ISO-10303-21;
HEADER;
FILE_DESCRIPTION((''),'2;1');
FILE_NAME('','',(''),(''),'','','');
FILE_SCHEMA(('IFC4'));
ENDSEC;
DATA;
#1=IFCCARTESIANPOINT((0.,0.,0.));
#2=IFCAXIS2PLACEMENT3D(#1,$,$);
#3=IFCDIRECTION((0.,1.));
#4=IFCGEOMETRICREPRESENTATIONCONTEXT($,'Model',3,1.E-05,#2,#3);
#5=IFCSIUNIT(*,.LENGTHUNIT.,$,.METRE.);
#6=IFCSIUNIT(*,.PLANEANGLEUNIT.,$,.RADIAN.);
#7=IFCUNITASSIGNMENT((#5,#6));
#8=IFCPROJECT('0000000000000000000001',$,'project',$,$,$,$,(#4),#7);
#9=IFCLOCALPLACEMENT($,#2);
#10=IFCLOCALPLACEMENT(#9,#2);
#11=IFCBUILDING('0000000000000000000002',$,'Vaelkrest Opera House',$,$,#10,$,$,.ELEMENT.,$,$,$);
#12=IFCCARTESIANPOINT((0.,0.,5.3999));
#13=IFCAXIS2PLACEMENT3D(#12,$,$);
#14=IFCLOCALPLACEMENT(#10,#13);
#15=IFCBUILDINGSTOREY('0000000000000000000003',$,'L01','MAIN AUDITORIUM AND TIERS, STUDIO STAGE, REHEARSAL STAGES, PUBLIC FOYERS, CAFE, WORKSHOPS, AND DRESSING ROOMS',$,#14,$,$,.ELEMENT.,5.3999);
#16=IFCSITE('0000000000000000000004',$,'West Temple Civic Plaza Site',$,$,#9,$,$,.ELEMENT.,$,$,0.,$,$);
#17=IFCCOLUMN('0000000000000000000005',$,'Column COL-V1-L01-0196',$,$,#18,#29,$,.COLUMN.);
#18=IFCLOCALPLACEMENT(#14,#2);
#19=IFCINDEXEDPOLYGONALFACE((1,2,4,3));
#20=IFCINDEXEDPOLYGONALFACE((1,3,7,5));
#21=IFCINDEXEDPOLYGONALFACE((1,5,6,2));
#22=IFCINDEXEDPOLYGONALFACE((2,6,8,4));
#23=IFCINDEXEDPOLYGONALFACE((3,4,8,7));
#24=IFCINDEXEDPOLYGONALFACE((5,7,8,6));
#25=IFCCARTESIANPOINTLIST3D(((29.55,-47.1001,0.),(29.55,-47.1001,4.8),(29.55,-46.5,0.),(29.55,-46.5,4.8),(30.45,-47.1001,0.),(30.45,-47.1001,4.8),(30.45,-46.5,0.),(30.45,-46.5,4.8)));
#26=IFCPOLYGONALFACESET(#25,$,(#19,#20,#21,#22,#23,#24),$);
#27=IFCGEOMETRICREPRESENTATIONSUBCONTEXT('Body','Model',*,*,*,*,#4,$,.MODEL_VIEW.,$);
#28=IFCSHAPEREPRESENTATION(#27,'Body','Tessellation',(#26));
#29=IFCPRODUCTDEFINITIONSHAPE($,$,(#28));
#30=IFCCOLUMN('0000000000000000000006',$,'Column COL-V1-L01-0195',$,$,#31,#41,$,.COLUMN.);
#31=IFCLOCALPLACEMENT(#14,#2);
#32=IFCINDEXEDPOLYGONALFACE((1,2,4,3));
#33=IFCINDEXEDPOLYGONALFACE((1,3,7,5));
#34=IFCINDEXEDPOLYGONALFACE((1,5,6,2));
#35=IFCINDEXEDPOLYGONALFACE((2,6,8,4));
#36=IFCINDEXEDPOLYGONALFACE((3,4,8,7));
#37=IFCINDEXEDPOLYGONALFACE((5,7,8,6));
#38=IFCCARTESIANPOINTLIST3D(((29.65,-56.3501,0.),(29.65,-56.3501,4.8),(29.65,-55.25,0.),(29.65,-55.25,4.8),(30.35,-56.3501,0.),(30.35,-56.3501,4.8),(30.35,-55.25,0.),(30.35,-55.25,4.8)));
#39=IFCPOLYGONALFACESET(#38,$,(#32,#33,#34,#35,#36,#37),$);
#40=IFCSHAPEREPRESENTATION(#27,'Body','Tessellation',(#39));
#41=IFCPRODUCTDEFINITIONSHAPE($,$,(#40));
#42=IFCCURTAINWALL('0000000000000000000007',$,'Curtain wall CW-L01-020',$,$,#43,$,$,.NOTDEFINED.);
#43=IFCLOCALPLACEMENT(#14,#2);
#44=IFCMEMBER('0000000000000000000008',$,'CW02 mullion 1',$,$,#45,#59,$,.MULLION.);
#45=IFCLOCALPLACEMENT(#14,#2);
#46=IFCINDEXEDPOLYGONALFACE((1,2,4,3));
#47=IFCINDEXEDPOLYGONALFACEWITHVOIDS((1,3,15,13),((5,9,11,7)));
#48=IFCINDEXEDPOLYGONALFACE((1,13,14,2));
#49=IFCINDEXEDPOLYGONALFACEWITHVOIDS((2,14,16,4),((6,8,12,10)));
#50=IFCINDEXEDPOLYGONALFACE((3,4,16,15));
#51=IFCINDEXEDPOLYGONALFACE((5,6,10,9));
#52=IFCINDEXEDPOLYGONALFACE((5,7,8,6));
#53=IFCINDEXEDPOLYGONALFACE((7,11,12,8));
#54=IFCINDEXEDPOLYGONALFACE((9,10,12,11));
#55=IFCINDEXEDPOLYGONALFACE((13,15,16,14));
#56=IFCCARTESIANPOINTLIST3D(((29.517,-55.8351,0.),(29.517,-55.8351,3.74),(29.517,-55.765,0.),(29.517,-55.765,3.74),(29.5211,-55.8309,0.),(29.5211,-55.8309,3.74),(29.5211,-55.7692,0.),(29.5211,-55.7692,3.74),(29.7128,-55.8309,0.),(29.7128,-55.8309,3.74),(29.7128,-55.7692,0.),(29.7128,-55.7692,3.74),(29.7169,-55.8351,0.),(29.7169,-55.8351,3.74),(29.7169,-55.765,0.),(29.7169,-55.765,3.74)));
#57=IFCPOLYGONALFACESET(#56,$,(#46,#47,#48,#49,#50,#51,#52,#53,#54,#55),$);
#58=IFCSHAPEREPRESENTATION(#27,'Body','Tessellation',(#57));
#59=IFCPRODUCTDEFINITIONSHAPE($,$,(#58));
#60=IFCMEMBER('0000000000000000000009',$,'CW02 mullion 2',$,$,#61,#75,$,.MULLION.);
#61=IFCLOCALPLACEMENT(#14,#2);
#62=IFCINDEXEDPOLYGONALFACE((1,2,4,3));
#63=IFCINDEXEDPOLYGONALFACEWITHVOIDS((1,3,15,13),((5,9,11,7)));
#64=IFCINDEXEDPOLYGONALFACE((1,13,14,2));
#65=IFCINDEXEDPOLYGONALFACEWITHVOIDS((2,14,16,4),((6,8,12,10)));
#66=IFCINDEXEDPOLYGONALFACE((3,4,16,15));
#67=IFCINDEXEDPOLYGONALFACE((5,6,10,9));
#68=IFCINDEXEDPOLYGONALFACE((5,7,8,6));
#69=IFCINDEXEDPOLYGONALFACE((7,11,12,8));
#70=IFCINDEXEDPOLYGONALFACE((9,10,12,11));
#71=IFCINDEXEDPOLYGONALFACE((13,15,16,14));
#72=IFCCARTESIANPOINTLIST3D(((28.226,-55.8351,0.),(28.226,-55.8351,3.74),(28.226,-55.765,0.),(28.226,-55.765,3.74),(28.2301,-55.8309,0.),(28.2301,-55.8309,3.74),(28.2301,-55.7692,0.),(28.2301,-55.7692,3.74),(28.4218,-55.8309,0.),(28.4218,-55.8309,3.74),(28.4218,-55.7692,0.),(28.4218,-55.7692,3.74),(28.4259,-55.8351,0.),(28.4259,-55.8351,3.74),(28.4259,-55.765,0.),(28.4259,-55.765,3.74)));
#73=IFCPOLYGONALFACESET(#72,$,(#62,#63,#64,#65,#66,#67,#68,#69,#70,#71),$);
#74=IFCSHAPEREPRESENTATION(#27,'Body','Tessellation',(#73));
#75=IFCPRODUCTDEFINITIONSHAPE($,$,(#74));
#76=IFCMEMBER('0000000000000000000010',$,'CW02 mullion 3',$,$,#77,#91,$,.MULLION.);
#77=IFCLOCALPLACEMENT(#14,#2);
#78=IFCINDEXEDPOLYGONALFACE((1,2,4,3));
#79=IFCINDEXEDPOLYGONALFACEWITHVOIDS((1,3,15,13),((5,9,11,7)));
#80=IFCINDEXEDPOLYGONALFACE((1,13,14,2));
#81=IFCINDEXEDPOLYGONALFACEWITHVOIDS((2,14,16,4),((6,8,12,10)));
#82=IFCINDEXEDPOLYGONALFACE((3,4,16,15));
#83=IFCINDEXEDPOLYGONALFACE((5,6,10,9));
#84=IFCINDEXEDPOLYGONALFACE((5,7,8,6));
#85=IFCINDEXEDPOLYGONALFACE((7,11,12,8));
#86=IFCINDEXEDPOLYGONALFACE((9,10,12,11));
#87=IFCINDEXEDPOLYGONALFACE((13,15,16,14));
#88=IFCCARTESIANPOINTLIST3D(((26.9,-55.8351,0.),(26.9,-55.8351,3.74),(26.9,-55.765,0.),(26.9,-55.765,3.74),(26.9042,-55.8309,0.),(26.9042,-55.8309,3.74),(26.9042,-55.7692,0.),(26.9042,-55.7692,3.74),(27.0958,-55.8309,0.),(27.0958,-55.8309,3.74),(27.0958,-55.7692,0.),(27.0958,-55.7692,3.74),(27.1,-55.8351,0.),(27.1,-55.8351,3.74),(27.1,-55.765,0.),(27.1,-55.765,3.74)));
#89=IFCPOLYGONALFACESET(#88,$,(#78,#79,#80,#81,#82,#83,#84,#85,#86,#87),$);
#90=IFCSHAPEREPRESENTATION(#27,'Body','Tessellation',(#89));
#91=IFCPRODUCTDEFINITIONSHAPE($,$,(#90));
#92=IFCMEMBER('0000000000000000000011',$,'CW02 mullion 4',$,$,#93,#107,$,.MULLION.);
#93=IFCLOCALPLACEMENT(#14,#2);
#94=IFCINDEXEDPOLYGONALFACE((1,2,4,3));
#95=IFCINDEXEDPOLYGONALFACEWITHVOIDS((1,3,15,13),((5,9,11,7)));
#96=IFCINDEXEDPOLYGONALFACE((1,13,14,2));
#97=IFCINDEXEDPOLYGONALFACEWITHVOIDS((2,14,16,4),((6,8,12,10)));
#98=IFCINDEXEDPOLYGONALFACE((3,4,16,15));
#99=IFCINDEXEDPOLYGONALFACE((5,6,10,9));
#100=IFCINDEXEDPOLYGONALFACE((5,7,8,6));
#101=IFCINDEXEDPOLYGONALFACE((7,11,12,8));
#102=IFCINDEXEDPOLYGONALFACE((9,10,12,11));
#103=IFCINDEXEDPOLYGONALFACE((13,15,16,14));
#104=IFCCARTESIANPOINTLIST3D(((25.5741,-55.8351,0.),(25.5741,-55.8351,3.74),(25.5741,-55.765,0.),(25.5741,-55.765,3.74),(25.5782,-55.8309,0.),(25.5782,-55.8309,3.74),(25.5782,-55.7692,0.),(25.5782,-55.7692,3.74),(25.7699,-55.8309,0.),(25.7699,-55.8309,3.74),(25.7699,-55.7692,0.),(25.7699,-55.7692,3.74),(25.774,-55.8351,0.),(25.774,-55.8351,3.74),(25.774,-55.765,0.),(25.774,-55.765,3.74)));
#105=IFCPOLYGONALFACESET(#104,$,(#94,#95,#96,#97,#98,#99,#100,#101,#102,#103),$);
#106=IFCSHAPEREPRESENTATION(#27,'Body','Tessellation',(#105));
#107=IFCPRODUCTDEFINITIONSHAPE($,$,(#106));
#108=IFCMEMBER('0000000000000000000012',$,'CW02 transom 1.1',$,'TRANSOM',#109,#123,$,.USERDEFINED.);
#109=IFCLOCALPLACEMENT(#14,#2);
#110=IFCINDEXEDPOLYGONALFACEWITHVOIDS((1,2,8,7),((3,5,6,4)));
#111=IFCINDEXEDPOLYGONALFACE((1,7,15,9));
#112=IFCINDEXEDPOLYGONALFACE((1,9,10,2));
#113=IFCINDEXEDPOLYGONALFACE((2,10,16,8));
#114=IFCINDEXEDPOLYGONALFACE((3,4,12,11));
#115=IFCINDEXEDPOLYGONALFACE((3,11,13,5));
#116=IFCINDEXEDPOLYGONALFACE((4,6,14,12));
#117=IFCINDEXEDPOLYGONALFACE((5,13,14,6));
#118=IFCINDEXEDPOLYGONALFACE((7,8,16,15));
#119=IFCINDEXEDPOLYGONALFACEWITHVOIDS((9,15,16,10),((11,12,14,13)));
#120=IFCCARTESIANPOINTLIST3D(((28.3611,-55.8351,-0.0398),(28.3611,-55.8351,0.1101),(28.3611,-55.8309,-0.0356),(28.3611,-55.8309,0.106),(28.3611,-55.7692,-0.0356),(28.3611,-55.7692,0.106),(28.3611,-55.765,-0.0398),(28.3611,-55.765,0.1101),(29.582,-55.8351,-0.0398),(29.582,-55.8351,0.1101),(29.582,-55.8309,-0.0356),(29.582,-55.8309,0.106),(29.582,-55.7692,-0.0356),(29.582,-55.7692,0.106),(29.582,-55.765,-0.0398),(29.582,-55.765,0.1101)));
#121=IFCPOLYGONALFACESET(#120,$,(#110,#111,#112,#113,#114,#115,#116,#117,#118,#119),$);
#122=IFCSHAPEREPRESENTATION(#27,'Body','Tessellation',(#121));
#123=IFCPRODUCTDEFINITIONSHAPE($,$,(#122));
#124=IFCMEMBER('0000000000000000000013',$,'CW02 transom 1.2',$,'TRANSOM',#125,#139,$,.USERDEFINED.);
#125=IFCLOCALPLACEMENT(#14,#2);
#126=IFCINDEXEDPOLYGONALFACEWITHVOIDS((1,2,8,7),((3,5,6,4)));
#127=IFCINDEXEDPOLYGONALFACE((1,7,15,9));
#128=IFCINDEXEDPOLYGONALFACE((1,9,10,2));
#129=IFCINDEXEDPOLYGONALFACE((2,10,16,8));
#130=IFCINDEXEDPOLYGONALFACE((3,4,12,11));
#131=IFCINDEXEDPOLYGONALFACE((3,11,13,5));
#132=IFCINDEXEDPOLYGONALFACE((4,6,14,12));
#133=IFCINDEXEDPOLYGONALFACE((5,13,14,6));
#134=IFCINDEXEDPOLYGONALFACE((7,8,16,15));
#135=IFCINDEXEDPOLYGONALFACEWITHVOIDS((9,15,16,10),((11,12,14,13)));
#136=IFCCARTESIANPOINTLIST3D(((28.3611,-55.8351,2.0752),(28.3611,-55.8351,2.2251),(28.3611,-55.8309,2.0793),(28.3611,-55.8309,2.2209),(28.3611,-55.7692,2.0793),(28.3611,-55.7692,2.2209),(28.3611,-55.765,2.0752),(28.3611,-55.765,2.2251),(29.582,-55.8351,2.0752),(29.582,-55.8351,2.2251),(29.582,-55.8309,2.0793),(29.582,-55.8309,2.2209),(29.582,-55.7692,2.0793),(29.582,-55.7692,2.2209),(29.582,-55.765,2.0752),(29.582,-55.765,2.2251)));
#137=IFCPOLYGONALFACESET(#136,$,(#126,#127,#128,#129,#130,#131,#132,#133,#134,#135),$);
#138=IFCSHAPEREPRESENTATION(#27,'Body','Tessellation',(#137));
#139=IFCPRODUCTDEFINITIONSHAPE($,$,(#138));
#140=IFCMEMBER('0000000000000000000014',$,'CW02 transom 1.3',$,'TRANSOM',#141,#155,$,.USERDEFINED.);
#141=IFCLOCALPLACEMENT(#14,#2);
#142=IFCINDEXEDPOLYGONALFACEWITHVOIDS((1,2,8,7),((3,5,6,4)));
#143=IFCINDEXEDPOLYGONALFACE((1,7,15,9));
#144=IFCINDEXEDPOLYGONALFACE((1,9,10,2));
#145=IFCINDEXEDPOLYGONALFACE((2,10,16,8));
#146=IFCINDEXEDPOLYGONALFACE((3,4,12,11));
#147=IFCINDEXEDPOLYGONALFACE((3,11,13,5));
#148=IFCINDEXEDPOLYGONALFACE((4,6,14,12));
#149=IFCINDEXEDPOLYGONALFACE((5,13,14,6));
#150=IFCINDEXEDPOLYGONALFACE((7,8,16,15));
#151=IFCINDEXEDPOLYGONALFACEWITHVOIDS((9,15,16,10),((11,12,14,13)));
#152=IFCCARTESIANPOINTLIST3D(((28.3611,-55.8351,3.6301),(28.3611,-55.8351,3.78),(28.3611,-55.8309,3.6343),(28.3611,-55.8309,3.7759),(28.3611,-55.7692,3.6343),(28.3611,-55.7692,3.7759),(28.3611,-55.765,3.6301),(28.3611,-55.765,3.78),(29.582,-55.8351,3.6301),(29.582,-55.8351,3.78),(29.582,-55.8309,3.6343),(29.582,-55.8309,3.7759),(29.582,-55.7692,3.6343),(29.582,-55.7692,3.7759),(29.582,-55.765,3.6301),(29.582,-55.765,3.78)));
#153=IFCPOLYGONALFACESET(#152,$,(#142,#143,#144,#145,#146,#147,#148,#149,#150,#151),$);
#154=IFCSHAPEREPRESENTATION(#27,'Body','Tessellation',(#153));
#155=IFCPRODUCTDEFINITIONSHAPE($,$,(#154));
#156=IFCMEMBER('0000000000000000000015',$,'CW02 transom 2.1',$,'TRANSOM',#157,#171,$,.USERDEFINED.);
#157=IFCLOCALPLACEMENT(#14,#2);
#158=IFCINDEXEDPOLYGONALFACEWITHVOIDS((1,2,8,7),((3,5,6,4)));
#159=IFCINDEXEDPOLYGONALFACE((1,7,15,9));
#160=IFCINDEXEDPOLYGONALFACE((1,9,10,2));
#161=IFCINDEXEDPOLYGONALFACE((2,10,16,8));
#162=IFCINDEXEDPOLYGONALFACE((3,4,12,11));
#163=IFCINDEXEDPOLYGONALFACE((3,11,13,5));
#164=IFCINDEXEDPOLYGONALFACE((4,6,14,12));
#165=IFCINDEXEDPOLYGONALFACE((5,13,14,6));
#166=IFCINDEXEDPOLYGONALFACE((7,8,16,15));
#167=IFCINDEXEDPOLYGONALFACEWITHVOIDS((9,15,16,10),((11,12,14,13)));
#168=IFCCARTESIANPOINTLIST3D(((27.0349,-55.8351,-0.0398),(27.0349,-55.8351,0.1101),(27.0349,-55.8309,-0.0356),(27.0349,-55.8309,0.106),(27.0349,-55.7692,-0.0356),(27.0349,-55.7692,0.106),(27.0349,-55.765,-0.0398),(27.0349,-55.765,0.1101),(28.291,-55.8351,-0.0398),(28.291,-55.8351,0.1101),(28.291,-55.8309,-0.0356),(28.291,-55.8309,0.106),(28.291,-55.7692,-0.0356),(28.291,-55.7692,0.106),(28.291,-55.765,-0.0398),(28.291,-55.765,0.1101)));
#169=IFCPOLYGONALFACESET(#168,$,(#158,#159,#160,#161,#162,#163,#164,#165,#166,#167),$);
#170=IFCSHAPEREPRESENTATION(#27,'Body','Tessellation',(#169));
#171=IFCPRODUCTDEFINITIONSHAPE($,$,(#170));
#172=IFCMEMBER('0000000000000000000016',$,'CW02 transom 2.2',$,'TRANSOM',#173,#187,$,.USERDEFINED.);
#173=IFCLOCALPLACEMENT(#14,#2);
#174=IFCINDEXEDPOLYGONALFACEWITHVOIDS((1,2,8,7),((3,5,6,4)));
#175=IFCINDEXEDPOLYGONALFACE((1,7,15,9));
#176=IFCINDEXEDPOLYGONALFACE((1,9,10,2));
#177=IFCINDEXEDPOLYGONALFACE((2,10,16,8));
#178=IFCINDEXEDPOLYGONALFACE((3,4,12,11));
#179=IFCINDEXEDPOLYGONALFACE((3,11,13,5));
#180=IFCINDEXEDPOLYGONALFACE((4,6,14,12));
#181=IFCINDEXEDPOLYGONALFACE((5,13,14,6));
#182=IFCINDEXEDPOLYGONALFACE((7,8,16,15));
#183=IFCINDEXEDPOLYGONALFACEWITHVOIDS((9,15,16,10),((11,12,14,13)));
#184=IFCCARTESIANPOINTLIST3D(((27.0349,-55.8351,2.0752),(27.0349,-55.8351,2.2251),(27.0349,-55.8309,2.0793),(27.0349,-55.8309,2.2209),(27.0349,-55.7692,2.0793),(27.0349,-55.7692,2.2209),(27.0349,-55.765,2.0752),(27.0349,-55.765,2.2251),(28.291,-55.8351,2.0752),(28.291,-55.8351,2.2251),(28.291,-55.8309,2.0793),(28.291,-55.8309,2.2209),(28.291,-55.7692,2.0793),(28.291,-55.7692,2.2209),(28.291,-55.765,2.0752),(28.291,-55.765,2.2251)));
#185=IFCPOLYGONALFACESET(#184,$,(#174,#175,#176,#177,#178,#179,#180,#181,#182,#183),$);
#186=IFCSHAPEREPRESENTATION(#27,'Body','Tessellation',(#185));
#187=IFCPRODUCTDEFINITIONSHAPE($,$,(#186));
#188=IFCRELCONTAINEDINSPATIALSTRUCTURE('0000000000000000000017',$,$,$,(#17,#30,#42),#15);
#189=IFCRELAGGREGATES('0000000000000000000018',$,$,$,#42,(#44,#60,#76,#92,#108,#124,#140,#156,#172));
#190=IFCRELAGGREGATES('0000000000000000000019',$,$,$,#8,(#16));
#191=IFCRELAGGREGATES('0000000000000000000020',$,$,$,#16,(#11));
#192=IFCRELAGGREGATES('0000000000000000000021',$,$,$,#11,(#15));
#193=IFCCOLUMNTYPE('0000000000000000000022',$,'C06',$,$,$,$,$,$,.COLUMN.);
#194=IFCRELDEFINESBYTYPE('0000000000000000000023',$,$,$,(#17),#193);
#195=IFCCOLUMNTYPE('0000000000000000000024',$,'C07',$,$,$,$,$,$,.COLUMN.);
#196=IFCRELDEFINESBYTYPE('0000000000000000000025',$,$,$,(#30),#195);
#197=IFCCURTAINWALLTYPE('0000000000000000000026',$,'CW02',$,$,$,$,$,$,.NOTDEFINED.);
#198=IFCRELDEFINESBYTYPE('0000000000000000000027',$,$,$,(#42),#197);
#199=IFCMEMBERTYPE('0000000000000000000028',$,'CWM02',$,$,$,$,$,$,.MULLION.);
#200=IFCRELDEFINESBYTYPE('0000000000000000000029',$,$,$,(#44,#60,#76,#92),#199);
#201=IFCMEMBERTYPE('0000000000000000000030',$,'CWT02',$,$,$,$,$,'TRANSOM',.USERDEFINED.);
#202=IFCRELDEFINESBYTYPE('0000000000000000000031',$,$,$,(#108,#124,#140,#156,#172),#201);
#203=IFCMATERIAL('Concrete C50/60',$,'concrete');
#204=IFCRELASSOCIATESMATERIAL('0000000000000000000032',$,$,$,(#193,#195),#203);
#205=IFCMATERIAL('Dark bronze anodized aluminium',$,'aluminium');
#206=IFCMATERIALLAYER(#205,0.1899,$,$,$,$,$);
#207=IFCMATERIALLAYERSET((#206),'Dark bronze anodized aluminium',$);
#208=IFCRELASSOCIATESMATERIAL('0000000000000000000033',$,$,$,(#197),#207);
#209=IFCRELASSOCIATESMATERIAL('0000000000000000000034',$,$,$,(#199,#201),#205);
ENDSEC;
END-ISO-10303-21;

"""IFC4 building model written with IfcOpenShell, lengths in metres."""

from ifc_helpers import new_model, si_unit, direction, frame, origin, origin_2d, place, context, subcontext, project, spatial, rectangle, hollow_rectangle, extrude, material, layer, layer_set, material_profile, profile_set, type_object, element, aggregate, save


model = new_model("IFC4")

# Units and contexts
model_context = context("Model", 3, precision=1e-05, world=origin(), true_north=direction((0.0, 1.0)))
body_context = subcontext(model_context, "Body", "Model", "MODEL_VIEW")
ifc_project = project(units=[si_unit("LENGTHUNIT", "METRE"), si_unit("PLANEANGLEUNIT", "RADIAN")], contexts=[model_context])

# Site, building, storey
site_placement = place(None, origin())
site = spatial("IfcSite", under=ifc_project, at=site_placement, Name="West Temple Civic Plaza Site", CompositionType="ELEMENT", RefElevation=0.0)
building_placement = place(site_placement, origin())
building = spatial("IfcBuilding", under=site, at=building_placement, Name="Vaelkrest Opera House", CompositionType="ELEMENT")
storey_placement = place(building_placement, frame((0.0, 0.0, 5.3999)))
storey = spatial("IfcBuildingStorey", under=building, at=storey_placement, Name="L01", Description="MAIN AUDITORIUM AND TIERS, STUDIO STAGE, REHEARSAL STAGES, PUBLIC FOYERS, CAFE, WORKSHOPS, AND DRESSING ROOMS", CompositionType="ELEMENT", Elevation=5.3999)

# Columns
ifc_material_1 = material(Name="Concrete C50/60", Category="concrete")
ifc_material_profile_1 = material_profile(ifc_material_1, rectangle(XDim=0.6001, YDim=0.8999, at=origin_2d()), Name="RC600X900")
ifc_profile_set_1 = profile_set([ifc_material_profile_1], Name="Concrete C50/60")
column_type_1 = type_object("IfcColumnType", Name="C06", PredefinedType="COLUMN", material=ifc_profile_set_1)
column_1_placement = place(storey_placement, frame((30.0, -46.8, 0.0), z_axis=(0.0, 0.0, 1.0), x_axis=(0.0, 1.0, 0.0)))
element("IfcColumn", 1, at=column_1_placement, inside=storey, type_object=column_type_1, Name="Column COL-V1-L01-0196", PredefinedType="COLUMN", context=body_context, shape_type="SweptSolid", body=[
    extrude(rectangle(XDim=0.6001, YDim=0.8999, at=origin_2d()), origin(), (0.0, 0.0, 1.0), 4.8),
])
ifc_material_profile_2 = material_profile(ifc_material_1, rectangle(XDim=0.7, YDim=1.1001, at=origin_2d()), Name="RC700X1100")
ifc_profile_set_2 = profile_set([ifc_material_profile_2], Name="Concrete C50/60")
column_type_2 = type_object("IfcColumnType", Name="C07", PredefinedType="COLUMN", material=ifc_profile_set_2)
column_2_placement = place(storey_placement, frame((30.0, -55.8, 0.0), z_axis=(0.0, 0.0, 1.0), x_axis=(1.0, 0.0, 0.0)))
element("IfcColumn", 2, at=column_2_placement, inside=storey, type_object=column_type_2, Name="Column COL-V1-L01-0195", PredefinedType="COLUMN", context=body_context, shape_type="SweptSolid", body=[
    extrude(rectangle(XDim=0.7, YDim=1.1001, at=origin_2d()), origin(), (0.0, 0.0, 1.0), 4.8),
])

# Curtain wall, members
ifc_material_2 = material(Name="Dark bronze anodized aluminium", Category="aluminium")
ifc_layer_1 = layer(ifc_material_2, 0.1899)
ifc_layer_set_1 = layer_set([ifc_layer_1], Name="Dark bronze anodized aluminium")
curtain_wall_type = type_object("IfcCurtainWallType", Name="CW02", PredefinedType="NOTDEFINED", material=ifc_layer_set_1)
curtain_wall_placement = place(storey_placement, origin())
curtain_wall = element("IfcCurtainWall", 3, at=curtain_wall_placement, inside=storey, type_object=curtain_wall_type, Name="Curtain wall CW-L01-020", PredefinedType="NOTDEFINED")
ifc_material_profile_3 = material_profile(ifc_material_2, hollow_rectangle(XDim=0.0701, YDim=0.2, WallThickness=0.0042, at=origin_2d()), Name="CWM70X200")
ifc_profile_set_3 = profile_set([ifc_material_profile_3], Name="Dark bronze anodized aluminium")
member_type_1 = type_object("IfcMemberType", Name="CWM02", PredefinedType="MULLION", material=ifc_profile_set_3)
member_1_placement = place(storey_placement, frame((29.6169, -55.8, 0.0), z_axis=(0.0, 0.0, 1.0), x_axis=(0.0, -1.0, 0.0)))
member_1 = element("IfcMember", 4, at=member_1_placement, type_object=member_type_1, Name="CW02 mullion 1", PredefinedType="MULLION", context=body_context, shape_type="SweptSolid", body=[
    extrude(hollow_rectangle(XDim=0.0701, YDim=0.2, WallThickness=0.0042, at=origin_2d()), origin(), (0.0, 0.0, 1.0), 3.74),
])
member_2_placement = place(storey_placement, frame((28.3259, -55.8, 0.0), z_axis=(0.0, 0.0, 1.0), x_axis=(0.0, -1.0, 0.0)))
member_2 = element("IfcMember", 5, at=member_2_placement, type_object=member_type_1, Name="CW02 mullion 2", PredefinedType="MULLION", context=body_context, shape_type="SweptSolid", body=[
    extrude(hollow_rectangle(XDim=0.0701, YDim=0.2, WallThickness=0.0042, at=origin_2d()), origin(), (0.0, 0.0, 1.0), 3.74),
])
member_3_placement = place(storey_placement, frame((27.0, -55.8, 0.0), z_axis=(0.0, 0.0, 1.0), x_axis=(0.0, -1.0, 0.0)))
member_3 = element("IfcMember", 6, at=member_3_placement, type_object=member_type_1, Name="CW02 mullion 3", PredefinedType="MULLION", context=body_context, shape_type="SweptSolid", body=[
    extrude(hollow_rectangle(XDim=0.0701, YDim=0.2, WallThickness=0.0042, at=origin_2d()), origin(), (0.0, 0.0, 1.0), 3.74),
])
member_4_placement = place(storey_placement, frame((25.6741, -55.8, 0.0), z_axis=(0.0, 0.0, 1.0), x_axis=(0.0, -1.0, 0.0)))
member_4 = element("IfcMember", 7, at=member_4_placement, type_object=member_type_1, Name="CW02 mullion 4", PredefinedType="MULLION", context=body_context, shape_type="SweptSolid", body=[
    extrude(hollow_rectangle(XDim=0.0701, YDim=0.2, WallThickness=0.0042, at=origin_2d()), origin(), (0.0, 0.0, 1.0), 3.74),
])
ifc_material_profile_4 = material_profile(ifc_material_2, hollow_rectangle(XDim=0.0701, YDim=0.1499, WallThickness=0.0042, at=origin_2d()), Name="CWT70X150")
ifc_profile_set_4 = profile_set([ifc_material_profile_4], Name="Dark bronze anodized aluminium")
member_type_2 = type_object("IfcMemberType", Name="CWT02", ElementType="TRANSOM", PredefinedType="USERDEFINED", material=ifc_profile_set_4)
member_5_placement = place(storey_placement, frame((29.582, -55.8, 0.0352), z_axis=(-1.0, 0.0, 0.0), x_axis=(0.0, -1.0, 0.0)))
member_5 = element("IfcMember", 8, at=member_5_placement, type_object=member_type_2, Name="CW02 transom 1.1", ObjectType="TRANSOM", PredefinedType="USERDEFINED", context=body_context, shape_type="SweptSolid", body=[
    extrude(hollow_rectangle(XDim=0.0701, YDim=0.1499, WallThickness=0.0042, at=origin_2d()), origin(), (0.0, 0.0, 1.0), 1.2209),
])
member_6_placement = place(storey_placement, frame((29.582, -55.8, 2.1501), z_axis=(-1.0, 0.0, 0.0), x_axis=(0.0, -1.0, 0.0)))
member_6 = element("IfcMember", 9, at=member_6_placement, type_object=member_type_2, Name="CW02 transom 1.2", ObjectType="TRANSOM", PredefinedType="USERDEFINED", context=body_context, shape_type="SweptSolid", body=[
    extrude(hollow_rectangle(XDim=0.0701, YDim=0.1499, WallThickness=0.0042, at=origin_2d()), origin(), (0.0, 0.0, 1.0), 1.2209),
])
member_7_placement = place(storey_placement, frame((29.582, -55.8, 3.7051), z_axis=(-1.0, 0.0, 0.0), x_axis=(0.0, -1.0, 0.0)))
member_7 = element("IfcMember", 10, at=member_7_placement, type_object=member_type_2, Name="CW02 transom 1.3", ObjectType="TRANSOM", PredefinedType="USERDEFINED", context=body_context, shape_type="SweptSolid", body=[
    extrude(hollow_rectangle(XDim=0.0701, YDim=0.1499, WallThickness=0.0042, at=origin_2d()), origin(), (0.0, 0.0, 1.0), 1.2209),
])
member_8_placement = place(storey_placement, frame((28.291, -55.8, 0.0352), z_axis=(-1.0, 0.0, 0.0), x_axis=(0.0, -1.0, 0.0)))
member_8 = element("IfcMember", 11, at=member_8_placement, type_object=member_type_2, Name="CW02 transom 2.1", ObjectType="TRANSOM", PredefinedType="USERDEFINED", context=body_context, shape_type="SweptSolid", body=[
    extrude(hollow_rectangle(XDim=0.0701, YDim=0.1499, WallThickness=0.0042, at=origin_2d()), origin(), (0.0, 0.0, 1.0), 1.2561),
])
member_9_placement = place(storey_placement, frame((28.291, -55.8, 2.1501), z_axis=(-1.0, 0.0, 0.0), x_axis=(0.0, -1.0, 0.0)))
member_9 = element("IfcMember", 12, at=member_9_placement, type_object=member_type_2, Name="CW02 transom 2.2", ObjectType="TRANSOM", PredefinedType="USERDEFINED", context=body_context, shape_type="SweptSolid", body=[
    extrude(hollow_rectangle(XDim=0.0701, YDim=0.1499, WallThickness=0.0042, at=origin_2d()), origin(), (0.0, 0.0, 1.0), 1.2561),
])

aggregate(curtain_wall, [member_1, member_2, member_3, member_4, member_5, member_6, member_7, member_8, member_9])

save(model, "model.ifc")
